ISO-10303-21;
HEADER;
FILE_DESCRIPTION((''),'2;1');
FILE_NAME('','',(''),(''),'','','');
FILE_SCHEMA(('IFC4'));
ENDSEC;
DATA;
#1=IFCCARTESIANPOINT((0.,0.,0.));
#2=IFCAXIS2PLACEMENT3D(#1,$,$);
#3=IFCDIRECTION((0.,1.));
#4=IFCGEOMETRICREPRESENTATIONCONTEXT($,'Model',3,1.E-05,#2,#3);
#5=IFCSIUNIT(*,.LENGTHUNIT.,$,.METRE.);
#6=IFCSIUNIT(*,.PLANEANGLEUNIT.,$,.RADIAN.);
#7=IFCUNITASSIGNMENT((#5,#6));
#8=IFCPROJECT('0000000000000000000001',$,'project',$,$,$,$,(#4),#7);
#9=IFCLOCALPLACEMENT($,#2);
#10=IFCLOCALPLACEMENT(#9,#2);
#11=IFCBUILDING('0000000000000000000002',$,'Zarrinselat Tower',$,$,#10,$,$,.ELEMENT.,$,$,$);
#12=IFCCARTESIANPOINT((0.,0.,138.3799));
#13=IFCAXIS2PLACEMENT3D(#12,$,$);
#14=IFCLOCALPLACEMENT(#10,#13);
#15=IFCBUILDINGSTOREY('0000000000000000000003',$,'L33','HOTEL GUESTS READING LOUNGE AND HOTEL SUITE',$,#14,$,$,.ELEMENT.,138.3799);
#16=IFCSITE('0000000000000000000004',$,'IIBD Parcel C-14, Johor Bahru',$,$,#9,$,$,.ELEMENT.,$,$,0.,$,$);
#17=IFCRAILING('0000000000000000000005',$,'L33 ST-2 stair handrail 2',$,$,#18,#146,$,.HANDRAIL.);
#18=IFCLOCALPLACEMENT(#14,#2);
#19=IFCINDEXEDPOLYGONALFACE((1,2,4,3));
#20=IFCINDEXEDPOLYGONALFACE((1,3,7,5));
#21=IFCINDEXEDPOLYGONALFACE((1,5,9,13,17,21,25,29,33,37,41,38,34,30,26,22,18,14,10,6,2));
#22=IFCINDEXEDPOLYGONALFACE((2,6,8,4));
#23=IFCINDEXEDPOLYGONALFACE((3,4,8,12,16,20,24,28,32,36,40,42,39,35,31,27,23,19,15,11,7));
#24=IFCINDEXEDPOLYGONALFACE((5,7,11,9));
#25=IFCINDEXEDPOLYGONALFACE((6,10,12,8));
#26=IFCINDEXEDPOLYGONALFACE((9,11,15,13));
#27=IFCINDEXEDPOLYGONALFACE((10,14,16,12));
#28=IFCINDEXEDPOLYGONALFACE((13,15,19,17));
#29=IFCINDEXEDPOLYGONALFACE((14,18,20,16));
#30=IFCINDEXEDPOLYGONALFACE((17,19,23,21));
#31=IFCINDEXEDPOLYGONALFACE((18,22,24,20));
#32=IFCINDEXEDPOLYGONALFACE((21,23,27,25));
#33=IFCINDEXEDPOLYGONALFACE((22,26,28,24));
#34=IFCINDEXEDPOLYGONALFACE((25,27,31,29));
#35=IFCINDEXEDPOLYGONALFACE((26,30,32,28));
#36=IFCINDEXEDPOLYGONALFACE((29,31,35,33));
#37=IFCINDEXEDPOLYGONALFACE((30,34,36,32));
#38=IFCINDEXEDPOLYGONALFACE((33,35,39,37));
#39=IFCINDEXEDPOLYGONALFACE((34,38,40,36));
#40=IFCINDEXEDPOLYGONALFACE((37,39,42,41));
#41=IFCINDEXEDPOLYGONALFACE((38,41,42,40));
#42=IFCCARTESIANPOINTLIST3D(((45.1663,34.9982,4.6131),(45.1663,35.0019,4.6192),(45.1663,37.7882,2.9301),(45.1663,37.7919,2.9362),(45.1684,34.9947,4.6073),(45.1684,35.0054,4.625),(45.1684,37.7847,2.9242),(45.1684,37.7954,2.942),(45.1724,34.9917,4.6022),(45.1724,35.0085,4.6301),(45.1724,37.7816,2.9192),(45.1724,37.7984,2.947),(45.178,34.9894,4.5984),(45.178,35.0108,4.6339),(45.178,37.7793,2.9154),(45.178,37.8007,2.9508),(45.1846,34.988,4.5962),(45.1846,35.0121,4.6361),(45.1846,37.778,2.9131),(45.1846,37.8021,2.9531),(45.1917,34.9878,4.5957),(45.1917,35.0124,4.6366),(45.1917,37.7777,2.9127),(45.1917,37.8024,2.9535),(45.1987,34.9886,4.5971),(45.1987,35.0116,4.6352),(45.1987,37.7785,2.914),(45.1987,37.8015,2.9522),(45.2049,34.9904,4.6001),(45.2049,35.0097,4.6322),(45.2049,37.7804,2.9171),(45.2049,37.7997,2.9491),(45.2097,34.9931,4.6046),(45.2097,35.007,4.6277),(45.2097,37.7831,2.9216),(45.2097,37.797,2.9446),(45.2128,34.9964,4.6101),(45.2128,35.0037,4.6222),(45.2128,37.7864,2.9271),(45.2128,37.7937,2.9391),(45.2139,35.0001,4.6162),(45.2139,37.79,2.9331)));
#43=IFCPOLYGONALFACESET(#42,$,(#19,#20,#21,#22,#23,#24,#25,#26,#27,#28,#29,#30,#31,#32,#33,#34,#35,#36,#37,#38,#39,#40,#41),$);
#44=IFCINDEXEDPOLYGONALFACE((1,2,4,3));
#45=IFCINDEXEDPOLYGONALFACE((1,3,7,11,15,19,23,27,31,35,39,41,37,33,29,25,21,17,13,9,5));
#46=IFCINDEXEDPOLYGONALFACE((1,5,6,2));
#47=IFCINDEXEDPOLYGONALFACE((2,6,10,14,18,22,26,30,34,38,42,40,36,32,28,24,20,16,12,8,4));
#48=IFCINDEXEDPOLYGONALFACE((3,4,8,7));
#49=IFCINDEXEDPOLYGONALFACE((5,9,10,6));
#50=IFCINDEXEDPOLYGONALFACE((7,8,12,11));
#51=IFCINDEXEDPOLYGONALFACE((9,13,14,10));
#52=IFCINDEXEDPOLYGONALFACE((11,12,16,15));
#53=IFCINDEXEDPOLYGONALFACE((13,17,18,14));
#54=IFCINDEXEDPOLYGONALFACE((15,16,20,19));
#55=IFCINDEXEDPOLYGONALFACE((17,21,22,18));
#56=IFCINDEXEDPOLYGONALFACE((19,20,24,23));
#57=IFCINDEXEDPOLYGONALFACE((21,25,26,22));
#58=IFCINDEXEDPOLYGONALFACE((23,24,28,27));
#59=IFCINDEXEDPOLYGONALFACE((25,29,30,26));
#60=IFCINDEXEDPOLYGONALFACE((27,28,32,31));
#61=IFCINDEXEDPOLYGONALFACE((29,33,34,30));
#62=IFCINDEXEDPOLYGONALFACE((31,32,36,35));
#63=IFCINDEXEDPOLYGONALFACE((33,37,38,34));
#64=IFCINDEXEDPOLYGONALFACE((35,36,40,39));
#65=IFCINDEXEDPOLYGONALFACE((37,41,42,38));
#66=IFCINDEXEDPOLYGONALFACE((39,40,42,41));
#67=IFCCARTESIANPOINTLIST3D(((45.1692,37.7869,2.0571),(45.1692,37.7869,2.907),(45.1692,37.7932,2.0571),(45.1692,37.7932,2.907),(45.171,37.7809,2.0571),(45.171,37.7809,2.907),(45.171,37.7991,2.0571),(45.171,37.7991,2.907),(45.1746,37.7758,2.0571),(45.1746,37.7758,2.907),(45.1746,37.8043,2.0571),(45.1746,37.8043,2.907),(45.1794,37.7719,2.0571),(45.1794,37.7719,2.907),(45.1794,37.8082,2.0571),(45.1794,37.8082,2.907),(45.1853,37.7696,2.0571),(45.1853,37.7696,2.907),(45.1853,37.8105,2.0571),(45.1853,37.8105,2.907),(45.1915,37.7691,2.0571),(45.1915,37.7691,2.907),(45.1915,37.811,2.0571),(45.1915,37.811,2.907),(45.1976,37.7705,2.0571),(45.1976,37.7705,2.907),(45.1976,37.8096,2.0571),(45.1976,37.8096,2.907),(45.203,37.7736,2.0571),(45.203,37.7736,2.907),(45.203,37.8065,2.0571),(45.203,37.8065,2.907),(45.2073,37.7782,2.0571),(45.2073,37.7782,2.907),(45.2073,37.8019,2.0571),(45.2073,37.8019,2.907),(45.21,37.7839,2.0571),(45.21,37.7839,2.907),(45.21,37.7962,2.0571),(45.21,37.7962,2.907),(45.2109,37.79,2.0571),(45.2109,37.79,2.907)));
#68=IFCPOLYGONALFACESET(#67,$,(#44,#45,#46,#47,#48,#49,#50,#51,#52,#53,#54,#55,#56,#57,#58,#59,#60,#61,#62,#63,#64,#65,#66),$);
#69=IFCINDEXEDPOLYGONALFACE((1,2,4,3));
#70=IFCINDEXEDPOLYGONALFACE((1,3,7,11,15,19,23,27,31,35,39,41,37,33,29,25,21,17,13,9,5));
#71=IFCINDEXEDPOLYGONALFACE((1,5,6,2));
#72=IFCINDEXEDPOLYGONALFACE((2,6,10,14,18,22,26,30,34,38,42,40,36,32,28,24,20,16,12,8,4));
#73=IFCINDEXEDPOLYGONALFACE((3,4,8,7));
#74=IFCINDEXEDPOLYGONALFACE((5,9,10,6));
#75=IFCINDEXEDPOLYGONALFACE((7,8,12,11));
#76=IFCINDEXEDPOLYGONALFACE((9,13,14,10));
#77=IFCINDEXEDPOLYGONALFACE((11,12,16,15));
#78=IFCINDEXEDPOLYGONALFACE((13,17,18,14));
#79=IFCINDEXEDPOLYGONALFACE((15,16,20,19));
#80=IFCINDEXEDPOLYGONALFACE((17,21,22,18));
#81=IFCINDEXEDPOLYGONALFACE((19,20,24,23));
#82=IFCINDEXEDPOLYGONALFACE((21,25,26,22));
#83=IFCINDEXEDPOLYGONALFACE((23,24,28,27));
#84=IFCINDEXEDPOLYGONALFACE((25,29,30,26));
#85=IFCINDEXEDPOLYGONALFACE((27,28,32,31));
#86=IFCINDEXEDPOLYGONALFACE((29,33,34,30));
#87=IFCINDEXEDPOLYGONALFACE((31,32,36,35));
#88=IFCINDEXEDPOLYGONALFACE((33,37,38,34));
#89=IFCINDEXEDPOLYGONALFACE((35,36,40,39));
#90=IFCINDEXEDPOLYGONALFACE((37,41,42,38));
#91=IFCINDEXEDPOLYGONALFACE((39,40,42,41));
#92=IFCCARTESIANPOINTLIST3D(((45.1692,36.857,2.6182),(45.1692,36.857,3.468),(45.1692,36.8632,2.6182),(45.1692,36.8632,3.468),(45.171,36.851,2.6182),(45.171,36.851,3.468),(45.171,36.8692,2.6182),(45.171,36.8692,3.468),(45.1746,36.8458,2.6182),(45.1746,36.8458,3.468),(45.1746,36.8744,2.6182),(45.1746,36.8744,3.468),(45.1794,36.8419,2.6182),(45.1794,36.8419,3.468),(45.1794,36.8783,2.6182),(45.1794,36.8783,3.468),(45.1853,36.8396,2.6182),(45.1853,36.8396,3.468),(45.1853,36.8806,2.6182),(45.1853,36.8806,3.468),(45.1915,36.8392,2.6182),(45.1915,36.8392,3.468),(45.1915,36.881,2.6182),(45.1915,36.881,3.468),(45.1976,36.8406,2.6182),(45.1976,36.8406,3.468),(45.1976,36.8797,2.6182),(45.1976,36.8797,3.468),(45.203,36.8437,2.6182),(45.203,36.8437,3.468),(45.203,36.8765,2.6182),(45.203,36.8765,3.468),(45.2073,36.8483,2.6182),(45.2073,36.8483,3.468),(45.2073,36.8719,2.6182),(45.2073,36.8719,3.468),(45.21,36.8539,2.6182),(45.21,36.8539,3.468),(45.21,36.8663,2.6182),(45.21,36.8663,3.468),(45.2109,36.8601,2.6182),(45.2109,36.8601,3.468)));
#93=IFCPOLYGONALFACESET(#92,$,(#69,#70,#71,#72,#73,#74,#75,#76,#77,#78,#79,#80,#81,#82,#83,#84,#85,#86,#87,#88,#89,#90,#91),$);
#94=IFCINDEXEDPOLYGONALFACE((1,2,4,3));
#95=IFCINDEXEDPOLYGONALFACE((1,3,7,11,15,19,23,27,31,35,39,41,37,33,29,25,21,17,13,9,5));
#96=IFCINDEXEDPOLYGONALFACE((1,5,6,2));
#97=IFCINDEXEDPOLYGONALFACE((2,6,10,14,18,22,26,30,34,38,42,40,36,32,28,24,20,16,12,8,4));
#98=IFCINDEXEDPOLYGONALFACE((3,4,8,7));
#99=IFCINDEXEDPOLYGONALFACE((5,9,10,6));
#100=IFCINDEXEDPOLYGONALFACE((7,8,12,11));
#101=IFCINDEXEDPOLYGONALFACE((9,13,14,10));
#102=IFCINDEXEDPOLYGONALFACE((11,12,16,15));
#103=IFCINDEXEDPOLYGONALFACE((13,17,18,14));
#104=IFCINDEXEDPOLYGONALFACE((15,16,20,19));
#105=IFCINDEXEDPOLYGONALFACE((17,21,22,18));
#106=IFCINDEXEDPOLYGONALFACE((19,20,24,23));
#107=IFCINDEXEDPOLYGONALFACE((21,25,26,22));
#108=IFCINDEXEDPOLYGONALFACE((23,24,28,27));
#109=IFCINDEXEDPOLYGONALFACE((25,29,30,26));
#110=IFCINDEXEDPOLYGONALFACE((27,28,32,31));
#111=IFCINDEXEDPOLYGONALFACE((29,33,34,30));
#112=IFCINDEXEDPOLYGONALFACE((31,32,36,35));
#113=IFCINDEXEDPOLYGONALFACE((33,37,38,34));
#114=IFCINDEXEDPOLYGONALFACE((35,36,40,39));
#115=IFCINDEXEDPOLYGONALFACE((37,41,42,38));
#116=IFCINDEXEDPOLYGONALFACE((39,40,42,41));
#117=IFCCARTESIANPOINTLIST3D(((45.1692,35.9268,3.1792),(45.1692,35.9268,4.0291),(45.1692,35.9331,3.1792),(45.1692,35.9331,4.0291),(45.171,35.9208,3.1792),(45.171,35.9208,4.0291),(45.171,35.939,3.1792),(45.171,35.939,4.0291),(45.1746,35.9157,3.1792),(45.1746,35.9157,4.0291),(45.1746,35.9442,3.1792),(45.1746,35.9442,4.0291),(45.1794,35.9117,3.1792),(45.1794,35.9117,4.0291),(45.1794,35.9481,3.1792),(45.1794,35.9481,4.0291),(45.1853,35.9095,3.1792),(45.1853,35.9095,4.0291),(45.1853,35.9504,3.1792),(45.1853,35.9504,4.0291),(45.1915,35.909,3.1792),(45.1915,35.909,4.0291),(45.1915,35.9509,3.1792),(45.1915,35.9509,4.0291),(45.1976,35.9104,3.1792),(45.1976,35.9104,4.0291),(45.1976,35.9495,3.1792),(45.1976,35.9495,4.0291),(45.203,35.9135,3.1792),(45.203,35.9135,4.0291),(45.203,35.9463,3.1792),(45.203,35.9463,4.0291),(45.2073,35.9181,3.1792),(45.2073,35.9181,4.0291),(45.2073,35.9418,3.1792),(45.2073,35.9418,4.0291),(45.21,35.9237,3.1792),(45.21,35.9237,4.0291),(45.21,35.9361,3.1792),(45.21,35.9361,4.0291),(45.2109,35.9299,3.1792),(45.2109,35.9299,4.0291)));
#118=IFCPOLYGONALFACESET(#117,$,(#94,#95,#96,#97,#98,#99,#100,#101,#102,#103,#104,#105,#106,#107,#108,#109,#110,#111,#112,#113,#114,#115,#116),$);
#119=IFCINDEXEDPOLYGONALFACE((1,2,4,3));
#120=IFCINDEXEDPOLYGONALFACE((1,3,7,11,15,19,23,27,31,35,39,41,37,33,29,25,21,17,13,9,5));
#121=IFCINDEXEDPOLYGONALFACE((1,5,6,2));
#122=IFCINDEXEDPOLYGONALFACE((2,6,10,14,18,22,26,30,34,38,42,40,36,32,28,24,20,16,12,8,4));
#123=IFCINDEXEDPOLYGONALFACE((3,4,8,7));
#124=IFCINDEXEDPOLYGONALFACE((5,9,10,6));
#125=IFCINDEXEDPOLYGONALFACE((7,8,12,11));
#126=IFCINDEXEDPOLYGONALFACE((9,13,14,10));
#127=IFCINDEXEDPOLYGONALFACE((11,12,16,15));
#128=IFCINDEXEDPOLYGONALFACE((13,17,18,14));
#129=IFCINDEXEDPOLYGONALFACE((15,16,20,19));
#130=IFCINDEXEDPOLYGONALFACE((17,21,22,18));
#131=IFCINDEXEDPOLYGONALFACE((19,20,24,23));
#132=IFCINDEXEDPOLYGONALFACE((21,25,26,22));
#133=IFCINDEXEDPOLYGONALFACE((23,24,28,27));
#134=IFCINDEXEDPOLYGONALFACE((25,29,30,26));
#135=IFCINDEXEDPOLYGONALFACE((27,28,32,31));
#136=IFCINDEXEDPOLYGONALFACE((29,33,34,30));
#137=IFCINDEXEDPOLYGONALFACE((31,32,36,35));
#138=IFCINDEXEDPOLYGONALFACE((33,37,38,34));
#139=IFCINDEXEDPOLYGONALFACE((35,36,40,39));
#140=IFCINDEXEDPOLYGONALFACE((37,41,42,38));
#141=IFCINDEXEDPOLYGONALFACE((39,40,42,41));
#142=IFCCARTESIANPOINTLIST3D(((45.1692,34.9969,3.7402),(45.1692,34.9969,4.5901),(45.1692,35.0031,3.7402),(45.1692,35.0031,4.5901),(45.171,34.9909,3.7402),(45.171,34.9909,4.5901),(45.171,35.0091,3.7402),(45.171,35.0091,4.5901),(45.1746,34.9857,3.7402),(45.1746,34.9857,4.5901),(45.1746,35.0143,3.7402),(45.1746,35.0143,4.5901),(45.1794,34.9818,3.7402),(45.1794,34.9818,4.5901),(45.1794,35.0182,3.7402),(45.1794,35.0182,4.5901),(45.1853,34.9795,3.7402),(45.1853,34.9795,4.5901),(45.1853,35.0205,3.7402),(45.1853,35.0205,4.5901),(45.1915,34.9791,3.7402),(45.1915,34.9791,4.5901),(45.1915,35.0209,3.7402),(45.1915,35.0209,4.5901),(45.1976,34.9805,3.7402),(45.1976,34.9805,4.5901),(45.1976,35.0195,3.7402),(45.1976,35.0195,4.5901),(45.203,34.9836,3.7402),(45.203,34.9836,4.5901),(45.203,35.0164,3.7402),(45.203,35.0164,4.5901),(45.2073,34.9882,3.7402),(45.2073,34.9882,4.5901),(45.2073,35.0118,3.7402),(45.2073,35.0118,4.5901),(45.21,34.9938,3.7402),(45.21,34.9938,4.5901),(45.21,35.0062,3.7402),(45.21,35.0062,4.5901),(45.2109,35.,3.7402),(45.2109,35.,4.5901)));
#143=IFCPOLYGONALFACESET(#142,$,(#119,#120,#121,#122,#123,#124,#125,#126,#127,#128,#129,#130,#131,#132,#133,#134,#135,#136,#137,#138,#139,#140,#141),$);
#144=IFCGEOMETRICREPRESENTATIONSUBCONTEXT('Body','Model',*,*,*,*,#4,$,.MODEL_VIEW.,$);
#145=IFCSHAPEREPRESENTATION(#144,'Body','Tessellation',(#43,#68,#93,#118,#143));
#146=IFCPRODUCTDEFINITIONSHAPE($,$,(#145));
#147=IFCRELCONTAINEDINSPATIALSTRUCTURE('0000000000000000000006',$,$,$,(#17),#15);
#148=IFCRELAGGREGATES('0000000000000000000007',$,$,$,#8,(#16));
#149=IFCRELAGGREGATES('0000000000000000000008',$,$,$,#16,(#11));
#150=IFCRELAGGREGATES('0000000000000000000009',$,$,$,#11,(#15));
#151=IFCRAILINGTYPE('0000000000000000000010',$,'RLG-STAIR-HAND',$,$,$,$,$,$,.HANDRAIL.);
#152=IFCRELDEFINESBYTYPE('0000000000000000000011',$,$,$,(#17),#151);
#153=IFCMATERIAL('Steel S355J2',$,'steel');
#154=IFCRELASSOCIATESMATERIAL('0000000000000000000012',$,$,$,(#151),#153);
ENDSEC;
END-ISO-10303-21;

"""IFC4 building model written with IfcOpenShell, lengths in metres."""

from ifc_helpers import new_model, si_unit, direction, frame, origin, origin_2d, place, context, subcontext, project, spatial, circle, extrude, material, type_object, element, save


model = new_model("IFC4")

# Units and contexts
model_context = context("Model", 3, precision=1e-05, world=origin(), true_north=direction((0.0, 1.0)))
body_context = subcontext(model_context, "Body", "Model", "MODEL_VIEW")
ifc_project = project(units=[si_unit("LENGTHUNIT", "METRE"), si_unit("PLANEANGLEUNIT", "RADIAN")], contexts=[model_context])

# Site, building, storey
site_placement = place(None, origin())
site = spatial("IfcSite", under=ifc_project, at=site_placement, Name="IIBD Parcel C-14, Johor Bahru", CompositionType="ELEMENT", RefElevation=0.0)
building_placement = place(site_placement, origin())
building = spatial("IfcBuilding", under=site, at=building_placement, Name="Zarrinselat Tower", CompositionType="ELEMENT")
storey_placement = place(building_placement, frame((0.0, 0.0, 138.3799)))
storey = spatial("IfcBuildingStorey", under=building, at=storey_placement, Name="L33", Description="HOTEL GUESTS READING LOUNGE AND HOTEL SUITE", CompositionType="ELEMENT", Elevation=138.3799)

# Railing
ifc_material_1 = material(Name="Steel S355J2", Category="steel")
railing_type_1 = type_object("IfcRailingType", Name="RLG-STAIR-HAND", PredefinedType="HANDRAIL", material=ifc_material_1)
railing_1_placement = place(storey_placement, frame((45.1899, 37.79, 2.0571)))
element("IfcRailing", 1, at=railing_1_placement, inside=storey, type_object=railing_type_1, Name="L33 ST-2 stair handrail 2", PredefinedType="HANDRAIL", context=body_context, shape_type="SweptSolid", body=[
    extrude(circle(Radius=0.0239, at=origin_2d()), frame((0.0, 0.0, 0.876), z_axis=(0.0, -0.856261, 0.516544), x_axis=(1.0, 0.0, 0.0)), (0.0, 0.0, 1.0), 3.2583),
    extrude(circle(Radius=0.021, at=origin_2d()), origin(), (0.0, 0.0, 1.0), 0.8499),
    extrude(circle(Radius=0.021, at=origin_2d()), frame((0.0, -0.9299, 0.561)), (0.0, 0.0, 1.0), 0.8499),
    extrude(circle(Radius=0.021, at=origin_2d()), frame((0.0, -1.8601, 1.1221)), (0.0, 0.0, 1.0), 0.8499),
    extrude(circle(Radius=0.021, at=origin_2d()), frame((0.0, -2.79, 1.6831)), (0.0, 0.0, 1.0), 0.8499),
])

save(model, "model.ifc")
